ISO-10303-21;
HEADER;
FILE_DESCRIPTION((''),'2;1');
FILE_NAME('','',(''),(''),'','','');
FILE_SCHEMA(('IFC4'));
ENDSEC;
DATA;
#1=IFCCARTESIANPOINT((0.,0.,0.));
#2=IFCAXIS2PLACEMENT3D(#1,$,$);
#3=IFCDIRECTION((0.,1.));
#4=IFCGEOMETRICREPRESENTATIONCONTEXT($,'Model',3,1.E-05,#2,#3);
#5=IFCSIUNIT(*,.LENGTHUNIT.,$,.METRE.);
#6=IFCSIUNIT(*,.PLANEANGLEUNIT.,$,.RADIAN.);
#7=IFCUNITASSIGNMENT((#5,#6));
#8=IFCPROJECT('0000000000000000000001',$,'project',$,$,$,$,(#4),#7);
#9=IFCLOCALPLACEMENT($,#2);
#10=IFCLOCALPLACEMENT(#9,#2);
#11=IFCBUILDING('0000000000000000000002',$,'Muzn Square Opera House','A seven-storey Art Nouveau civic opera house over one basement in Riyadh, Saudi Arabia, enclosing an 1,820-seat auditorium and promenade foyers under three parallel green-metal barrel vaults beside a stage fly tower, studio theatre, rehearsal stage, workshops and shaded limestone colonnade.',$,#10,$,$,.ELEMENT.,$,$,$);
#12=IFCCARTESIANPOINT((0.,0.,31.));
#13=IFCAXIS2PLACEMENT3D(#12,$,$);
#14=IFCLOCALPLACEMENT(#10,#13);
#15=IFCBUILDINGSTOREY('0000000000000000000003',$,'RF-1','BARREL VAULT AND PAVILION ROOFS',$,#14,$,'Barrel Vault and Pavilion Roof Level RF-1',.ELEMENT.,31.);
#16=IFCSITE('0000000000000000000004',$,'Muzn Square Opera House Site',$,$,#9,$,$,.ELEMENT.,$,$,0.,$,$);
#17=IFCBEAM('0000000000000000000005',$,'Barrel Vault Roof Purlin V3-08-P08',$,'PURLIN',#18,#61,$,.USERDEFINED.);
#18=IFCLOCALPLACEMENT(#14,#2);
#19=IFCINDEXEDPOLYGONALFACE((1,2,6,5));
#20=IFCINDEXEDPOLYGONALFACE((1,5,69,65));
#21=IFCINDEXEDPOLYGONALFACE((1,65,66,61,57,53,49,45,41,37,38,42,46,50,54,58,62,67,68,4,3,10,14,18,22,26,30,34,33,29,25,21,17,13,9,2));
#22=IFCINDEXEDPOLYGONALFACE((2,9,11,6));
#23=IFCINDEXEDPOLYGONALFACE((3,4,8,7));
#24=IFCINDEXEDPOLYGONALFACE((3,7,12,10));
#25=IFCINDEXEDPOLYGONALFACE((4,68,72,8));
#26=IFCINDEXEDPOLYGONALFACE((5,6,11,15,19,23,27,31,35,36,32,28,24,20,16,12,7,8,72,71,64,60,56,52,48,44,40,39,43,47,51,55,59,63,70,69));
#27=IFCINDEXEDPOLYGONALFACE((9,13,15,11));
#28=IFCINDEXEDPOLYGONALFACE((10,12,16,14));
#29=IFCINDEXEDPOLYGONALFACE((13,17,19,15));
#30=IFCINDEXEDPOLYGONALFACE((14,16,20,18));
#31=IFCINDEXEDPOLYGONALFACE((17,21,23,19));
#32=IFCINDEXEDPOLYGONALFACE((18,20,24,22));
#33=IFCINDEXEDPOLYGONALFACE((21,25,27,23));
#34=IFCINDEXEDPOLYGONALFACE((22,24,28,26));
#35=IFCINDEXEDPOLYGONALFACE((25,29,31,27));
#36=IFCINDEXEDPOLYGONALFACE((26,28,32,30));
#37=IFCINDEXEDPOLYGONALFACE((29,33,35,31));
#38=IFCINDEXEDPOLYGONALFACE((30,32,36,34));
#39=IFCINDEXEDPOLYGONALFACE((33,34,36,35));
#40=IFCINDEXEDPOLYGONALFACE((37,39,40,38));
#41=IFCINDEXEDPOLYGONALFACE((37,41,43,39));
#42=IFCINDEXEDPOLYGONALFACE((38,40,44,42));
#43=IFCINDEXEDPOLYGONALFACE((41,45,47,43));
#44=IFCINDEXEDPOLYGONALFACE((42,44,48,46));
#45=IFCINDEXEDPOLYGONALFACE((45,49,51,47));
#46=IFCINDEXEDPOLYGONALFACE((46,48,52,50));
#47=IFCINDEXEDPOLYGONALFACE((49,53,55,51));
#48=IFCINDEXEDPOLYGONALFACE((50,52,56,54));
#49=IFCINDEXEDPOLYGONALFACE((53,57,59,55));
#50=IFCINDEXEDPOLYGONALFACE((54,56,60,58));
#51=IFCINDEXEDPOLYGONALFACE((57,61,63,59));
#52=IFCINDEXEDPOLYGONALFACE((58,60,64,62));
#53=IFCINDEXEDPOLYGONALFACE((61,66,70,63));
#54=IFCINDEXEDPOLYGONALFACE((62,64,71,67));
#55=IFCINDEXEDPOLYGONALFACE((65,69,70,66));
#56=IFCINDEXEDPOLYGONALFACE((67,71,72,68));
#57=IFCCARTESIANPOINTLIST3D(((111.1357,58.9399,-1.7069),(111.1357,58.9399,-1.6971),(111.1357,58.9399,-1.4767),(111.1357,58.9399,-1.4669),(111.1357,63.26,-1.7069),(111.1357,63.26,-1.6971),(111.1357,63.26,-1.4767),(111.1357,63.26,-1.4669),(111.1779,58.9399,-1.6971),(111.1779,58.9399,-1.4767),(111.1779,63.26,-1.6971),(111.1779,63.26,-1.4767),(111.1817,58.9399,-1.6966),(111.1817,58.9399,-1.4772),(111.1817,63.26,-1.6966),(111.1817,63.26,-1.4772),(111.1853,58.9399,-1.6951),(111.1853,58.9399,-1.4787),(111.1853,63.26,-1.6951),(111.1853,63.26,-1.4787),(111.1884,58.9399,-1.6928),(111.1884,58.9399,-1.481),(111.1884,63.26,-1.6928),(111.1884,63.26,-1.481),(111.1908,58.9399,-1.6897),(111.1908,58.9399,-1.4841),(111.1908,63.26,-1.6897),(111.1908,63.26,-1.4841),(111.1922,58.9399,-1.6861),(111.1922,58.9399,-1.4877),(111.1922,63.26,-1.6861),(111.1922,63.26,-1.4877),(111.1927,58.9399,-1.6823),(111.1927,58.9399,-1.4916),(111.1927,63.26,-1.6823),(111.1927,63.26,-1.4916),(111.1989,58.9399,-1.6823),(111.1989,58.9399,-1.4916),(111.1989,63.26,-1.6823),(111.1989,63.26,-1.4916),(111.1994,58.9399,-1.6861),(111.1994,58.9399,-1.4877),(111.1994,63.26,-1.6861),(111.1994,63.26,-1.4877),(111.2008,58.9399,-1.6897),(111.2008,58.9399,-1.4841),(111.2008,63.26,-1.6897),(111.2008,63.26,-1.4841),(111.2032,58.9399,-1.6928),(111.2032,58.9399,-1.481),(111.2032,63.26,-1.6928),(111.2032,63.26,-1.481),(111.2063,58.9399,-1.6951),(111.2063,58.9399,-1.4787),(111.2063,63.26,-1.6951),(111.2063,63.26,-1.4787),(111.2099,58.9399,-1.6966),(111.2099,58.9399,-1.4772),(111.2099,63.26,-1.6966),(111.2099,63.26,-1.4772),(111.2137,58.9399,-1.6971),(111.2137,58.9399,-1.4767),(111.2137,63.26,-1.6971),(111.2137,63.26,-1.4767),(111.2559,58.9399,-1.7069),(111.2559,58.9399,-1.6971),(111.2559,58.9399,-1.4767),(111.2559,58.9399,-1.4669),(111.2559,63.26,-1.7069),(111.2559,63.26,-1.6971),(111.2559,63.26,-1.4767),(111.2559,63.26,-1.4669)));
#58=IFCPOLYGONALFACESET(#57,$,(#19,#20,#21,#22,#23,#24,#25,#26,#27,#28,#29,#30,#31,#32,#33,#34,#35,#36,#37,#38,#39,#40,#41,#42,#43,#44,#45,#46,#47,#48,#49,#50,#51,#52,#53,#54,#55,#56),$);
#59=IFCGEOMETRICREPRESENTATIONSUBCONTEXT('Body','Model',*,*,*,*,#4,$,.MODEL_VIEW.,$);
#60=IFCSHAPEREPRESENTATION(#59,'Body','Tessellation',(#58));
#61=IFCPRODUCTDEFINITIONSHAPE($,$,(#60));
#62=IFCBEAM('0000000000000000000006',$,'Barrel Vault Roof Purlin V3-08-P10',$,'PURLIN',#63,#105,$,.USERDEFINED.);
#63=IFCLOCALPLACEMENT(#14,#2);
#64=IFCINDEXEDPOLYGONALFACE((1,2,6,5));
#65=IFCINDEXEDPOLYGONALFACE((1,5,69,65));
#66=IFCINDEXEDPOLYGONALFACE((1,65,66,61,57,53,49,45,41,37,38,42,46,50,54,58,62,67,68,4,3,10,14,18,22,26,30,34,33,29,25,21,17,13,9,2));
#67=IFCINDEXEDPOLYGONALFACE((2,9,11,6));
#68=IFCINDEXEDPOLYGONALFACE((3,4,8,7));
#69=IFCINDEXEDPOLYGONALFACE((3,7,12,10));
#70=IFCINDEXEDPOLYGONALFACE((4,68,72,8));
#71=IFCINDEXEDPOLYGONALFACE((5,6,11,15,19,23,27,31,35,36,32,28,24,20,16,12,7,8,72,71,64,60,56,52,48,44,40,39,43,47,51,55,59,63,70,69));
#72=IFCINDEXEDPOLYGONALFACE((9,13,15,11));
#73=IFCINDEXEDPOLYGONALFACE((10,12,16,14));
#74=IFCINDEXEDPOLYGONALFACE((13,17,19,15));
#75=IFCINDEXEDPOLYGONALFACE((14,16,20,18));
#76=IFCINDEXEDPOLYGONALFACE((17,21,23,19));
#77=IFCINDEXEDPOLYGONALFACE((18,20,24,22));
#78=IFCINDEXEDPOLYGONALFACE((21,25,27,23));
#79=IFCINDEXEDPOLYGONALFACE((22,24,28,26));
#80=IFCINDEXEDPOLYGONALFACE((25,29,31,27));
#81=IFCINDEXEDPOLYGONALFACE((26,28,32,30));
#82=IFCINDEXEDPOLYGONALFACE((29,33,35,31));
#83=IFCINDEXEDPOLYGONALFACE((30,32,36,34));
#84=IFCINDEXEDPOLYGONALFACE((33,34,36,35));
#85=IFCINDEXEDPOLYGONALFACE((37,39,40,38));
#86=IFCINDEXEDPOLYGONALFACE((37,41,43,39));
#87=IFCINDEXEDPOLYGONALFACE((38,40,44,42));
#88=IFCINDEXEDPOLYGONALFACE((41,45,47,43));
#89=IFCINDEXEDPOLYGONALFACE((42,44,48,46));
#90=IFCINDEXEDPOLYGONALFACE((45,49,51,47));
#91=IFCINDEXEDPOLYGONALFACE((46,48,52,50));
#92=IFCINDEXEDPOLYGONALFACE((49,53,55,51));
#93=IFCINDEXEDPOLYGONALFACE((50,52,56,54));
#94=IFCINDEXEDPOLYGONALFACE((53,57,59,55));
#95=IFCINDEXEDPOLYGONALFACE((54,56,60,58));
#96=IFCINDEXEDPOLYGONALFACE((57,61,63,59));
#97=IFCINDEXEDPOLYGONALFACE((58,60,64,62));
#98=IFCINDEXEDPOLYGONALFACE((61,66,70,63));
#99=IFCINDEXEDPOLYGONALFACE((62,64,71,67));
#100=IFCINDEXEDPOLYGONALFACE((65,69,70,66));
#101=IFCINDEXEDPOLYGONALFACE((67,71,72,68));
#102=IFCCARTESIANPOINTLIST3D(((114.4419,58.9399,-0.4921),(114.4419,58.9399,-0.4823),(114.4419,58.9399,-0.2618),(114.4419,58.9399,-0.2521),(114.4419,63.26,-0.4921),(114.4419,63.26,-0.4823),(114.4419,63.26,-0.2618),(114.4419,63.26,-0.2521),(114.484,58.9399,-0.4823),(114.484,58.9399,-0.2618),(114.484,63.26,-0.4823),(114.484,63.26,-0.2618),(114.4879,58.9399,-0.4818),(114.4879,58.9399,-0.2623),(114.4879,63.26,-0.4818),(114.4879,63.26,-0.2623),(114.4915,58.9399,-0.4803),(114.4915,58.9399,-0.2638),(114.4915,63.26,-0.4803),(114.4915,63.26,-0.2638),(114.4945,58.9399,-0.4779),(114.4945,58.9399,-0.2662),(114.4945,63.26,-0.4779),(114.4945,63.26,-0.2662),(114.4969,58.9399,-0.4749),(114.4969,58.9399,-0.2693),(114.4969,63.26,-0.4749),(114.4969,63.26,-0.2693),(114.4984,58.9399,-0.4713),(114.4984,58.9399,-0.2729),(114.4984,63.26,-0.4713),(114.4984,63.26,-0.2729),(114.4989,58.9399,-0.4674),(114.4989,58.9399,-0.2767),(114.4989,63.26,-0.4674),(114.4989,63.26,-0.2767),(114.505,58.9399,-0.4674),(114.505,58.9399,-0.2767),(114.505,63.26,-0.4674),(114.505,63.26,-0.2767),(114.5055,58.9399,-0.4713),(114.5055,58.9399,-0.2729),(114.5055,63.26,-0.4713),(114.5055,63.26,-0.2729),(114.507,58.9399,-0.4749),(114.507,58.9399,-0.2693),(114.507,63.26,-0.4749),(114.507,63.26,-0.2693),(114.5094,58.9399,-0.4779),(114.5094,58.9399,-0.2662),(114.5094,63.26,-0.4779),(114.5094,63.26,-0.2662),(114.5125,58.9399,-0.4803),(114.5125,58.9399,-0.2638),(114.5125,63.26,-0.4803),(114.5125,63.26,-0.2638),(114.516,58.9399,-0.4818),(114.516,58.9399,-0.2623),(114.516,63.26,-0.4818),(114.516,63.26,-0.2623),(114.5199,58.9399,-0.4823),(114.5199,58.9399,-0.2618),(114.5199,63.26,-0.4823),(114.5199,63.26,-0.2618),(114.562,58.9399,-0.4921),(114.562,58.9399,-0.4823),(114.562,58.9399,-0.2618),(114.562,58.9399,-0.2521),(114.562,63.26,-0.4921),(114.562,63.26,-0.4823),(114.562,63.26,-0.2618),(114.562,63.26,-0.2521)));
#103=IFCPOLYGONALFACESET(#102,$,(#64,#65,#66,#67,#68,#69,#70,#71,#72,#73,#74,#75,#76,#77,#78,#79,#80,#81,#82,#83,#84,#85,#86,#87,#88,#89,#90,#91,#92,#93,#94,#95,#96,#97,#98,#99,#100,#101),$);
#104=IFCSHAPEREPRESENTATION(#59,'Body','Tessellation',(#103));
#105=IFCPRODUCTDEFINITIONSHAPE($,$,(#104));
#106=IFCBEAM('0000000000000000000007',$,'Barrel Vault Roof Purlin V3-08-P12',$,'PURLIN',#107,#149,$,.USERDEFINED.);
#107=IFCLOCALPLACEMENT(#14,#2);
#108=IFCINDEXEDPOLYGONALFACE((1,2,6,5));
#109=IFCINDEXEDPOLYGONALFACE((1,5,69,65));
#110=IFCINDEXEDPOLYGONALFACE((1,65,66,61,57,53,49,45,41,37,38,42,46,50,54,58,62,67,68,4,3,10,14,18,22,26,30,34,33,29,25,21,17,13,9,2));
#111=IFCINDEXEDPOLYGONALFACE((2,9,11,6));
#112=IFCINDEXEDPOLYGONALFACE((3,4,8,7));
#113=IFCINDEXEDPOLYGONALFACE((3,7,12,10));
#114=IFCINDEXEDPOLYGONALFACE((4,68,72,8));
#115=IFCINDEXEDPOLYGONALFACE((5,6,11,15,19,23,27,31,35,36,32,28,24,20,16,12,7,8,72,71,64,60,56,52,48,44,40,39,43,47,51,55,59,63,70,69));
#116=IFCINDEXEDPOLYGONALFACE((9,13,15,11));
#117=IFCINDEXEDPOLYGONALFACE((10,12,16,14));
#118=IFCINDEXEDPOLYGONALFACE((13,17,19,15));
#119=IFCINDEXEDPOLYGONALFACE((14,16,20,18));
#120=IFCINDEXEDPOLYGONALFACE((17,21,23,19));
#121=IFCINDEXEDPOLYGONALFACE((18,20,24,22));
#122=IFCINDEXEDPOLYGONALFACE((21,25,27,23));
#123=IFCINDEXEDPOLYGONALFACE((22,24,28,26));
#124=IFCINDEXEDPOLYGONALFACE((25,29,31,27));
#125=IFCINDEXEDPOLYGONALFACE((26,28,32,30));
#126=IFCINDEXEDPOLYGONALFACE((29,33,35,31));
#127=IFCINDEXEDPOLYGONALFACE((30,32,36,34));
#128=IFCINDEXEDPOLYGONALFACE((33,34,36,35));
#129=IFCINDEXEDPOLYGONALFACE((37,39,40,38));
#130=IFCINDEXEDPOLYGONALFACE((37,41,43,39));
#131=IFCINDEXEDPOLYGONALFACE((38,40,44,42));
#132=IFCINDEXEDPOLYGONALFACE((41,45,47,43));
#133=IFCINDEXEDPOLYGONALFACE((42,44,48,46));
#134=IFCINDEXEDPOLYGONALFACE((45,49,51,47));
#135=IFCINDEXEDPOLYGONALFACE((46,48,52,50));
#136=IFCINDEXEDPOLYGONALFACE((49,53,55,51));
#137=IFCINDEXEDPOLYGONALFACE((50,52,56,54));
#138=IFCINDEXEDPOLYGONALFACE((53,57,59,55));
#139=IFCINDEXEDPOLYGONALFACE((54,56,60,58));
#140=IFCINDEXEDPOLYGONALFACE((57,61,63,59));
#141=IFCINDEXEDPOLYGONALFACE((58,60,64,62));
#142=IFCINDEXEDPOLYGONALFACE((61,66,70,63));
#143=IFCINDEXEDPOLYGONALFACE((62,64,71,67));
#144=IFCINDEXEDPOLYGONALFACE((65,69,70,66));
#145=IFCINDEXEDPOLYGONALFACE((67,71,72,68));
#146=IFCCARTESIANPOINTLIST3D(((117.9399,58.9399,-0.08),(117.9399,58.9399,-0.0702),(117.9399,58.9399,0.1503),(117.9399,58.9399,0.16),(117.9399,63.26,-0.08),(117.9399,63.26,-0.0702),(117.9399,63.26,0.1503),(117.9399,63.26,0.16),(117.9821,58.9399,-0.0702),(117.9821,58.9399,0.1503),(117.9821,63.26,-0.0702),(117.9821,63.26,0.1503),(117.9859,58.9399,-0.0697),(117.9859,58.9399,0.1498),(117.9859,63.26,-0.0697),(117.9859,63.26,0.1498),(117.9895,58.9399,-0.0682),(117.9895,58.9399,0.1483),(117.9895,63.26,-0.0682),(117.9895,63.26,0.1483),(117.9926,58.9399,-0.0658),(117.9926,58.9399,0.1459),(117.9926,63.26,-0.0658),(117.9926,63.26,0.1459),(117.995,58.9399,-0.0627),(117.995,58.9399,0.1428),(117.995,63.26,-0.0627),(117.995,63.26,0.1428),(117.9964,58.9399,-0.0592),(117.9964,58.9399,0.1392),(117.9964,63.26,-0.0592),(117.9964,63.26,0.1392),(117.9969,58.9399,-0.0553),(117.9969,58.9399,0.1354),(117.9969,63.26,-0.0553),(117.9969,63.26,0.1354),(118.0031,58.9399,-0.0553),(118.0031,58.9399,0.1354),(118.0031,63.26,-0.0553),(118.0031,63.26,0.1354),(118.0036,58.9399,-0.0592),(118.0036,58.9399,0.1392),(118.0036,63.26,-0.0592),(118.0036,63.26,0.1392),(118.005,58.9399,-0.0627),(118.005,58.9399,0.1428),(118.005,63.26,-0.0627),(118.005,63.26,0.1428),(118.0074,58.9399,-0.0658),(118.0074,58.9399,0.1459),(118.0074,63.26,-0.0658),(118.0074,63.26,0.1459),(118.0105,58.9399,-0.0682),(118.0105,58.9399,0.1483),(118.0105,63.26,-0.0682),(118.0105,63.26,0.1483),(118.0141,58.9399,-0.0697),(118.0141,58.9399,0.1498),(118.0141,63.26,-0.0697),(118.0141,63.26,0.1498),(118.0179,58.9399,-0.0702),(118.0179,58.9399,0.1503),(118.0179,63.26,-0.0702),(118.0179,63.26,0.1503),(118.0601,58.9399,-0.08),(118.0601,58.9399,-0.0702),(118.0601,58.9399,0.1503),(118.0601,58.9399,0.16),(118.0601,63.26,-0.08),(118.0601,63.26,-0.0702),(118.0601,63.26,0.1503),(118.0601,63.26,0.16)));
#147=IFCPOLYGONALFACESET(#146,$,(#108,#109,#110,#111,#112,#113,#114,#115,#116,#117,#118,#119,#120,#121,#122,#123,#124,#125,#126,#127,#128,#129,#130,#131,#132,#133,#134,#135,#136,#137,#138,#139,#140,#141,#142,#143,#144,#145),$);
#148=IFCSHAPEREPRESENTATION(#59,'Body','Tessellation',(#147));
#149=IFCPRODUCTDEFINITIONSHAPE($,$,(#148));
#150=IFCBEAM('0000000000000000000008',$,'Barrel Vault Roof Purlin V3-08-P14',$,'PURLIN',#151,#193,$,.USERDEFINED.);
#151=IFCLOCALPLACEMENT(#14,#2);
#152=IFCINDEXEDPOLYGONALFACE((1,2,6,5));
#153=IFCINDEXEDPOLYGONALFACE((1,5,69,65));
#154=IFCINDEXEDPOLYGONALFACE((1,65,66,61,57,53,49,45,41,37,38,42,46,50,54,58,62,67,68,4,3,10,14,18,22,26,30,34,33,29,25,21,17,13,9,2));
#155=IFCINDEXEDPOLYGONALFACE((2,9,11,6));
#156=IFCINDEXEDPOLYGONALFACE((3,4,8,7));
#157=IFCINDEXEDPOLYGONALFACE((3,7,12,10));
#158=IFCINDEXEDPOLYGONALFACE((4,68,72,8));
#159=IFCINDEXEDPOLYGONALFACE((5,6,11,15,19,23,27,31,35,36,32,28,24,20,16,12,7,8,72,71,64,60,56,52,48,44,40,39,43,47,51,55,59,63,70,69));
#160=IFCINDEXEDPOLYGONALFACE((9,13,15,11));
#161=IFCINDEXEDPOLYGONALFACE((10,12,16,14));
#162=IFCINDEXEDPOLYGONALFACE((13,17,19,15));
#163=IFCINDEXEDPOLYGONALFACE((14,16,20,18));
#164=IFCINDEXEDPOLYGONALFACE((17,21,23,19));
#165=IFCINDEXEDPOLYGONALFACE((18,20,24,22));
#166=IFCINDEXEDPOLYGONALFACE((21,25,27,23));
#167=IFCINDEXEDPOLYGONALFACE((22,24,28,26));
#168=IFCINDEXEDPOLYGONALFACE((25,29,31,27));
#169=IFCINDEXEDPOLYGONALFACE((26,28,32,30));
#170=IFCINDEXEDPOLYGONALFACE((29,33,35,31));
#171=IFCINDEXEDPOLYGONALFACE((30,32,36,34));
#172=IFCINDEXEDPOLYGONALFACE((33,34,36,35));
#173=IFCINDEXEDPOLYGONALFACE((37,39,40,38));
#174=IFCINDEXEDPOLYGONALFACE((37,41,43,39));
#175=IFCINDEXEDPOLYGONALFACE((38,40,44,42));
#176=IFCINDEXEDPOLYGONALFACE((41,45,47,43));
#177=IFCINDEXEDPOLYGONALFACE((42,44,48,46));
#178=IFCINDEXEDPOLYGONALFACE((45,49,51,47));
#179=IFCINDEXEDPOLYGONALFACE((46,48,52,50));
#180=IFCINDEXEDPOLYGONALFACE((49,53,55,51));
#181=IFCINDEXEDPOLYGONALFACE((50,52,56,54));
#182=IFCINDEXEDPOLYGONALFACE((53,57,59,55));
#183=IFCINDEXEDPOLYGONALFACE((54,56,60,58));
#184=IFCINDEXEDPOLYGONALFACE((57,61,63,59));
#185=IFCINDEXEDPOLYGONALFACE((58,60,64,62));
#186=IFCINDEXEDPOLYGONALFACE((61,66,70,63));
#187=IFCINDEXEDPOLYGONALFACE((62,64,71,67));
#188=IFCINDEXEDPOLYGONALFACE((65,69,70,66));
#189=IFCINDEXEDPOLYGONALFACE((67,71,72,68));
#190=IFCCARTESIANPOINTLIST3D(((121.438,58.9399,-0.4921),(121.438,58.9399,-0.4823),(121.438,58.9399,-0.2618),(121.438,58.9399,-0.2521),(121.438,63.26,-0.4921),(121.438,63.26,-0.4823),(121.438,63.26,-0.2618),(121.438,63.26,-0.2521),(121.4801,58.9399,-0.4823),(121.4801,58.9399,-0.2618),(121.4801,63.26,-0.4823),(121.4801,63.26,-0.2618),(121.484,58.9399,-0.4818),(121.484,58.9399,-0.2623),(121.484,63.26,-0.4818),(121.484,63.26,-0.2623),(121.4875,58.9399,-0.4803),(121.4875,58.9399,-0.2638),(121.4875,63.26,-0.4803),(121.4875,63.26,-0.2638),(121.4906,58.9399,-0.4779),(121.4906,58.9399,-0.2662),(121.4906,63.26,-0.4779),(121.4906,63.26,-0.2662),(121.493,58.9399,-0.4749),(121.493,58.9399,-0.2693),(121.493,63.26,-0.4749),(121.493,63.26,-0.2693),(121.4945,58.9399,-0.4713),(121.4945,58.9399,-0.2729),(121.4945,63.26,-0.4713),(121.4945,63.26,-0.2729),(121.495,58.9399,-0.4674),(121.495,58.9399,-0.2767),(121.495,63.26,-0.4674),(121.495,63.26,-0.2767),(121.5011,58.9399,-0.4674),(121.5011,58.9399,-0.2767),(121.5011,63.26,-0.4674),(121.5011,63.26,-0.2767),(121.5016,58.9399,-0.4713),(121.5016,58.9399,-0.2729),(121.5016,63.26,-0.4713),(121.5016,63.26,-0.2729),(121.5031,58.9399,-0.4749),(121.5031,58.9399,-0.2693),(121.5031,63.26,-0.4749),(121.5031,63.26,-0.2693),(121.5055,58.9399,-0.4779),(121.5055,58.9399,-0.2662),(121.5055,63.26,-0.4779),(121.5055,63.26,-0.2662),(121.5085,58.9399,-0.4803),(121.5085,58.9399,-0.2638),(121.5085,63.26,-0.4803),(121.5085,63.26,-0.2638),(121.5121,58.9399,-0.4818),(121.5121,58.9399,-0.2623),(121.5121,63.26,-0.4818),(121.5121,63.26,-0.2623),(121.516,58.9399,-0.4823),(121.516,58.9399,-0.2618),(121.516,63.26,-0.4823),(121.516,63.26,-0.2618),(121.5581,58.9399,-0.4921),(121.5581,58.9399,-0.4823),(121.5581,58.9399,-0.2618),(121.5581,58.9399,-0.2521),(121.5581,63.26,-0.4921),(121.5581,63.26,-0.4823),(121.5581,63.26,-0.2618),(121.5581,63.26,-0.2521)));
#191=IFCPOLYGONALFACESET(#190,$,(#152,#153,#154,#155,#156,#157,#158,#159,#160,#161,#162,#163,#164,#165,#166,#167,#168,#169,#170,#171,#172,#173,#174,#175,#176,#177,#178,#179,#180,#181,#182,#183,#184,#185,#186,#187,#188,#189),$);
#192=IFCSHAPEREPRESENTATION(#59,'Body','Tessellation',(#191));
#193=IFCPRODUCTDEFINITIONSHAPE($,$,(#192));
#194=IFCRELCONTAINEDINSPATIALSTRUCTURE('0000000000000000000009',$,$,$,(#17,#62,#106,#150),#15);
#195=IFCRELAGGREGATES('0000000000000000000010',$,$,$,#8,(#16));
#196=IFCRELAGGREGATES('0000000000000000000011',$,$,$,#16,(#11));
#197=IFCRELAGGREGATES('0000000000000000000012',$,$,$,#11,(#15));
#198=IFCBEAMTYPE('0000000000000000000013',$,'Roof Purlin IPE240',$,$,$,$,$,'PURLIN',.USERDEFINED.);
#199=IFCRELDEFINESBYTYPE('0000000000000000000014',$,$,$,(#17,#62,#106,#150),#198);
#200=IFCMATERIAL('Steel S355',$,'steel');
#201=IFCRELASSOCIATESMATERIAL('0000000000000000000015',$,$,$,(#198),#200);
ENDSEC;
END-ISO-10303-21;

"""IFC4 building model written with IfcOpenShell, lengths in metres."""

from ifc_helpers import new_model, si_unit, direction, frame, origin, origin_2d, place, context, subcontext, project, spatial, i_section, extrude, material, material_profile, profile_set, type_object, element, save


model = new_model("IFC4")

# Units and contexts
model_context = context("Model", 3, precision=1e-05, world=origin(), true_north=direction((0.0, 1.0)))
body_context = subcontext(model_context, "Body", "Model", "MODEL_VIEW")
ifc_project = project(units=[si_unit("LENGTHUNIT", "METRE"), si_unit("PLANEANGLEUNIT", "RADIAN")], contexts=[model_context])

# Site, building, storey
site_placement = place(None, origin())
site = spatial("IfcSite", under=ifc_project, at=site_placement, Name="Muzn Square Opera House Site", CompositionType="ELEMENT", RefElevation=0.0)
building_placement = place(site_placement, origin())
building = spatial("IfcBuilding", under=site, at=building_placement, Name="Muzn Square Opera House", Description="A seven-storey Art Nouveau civic opera house over one basement in Riyadh, Saudi Arabia, enclosing an 1,820-seat auditorium and promenade foyers under three parallel green-metal barrel vaults beside a stage fly tower, studio theatre, rehearsal stage, workshops and shaded limestone colonnade.", CompositionType="ELEMENT")
storey_placement = place(building_placement, frame((0.0, 0.0, 31.0)))
storey = spatial("IfcBuildingStorey", under=building, at=storey_placement, Name="RF-1", Description="BARREL VAULT AND PAVILION ROOFS", LongName="Barrel Vault and Pavilion Roof Level RF-1", CompositionType="ELEMENT", Elevation=31.0)

# Beams
ifc_material_1 = material(Name="Steel S355", Category="steel")
ifc_material_profile_1 = material_profile(ifc_material_1, i_section(OverallWidth=0.1201, OverallDepth=0.24, WebThickness=0.0061, FlangeThickness=0.0098, FilletRadius=0.0149, at=origin_2d()), Name="IPE 240", Category="steel")
ifc_profile_set_1 = profile_set([ifc_material_profile_1], Name="Steel S355")
beam_type_1 = type_object("IfcBeamType", Name="Roof Purlin IPE240", ElementType="PURLIN", PredefinedType="USERDEFINED", material=ifc_profile_set_1)
for number, where, z_axis, x_axis, name in (
    (1, (111.1958, 58.9399, -1.5869), (0.0, 1.0, 0.0), (-1.0, 0.0, 0.0), "Barrel Vault Roof Purlin V3-08-P08"),
    (2, (114.502, 58.9399, -0.3721), (0.0, 1.0, 0.0), (-1.0, 0.0, 0.0), "Barrel Vault Roof Purlin V3-08-P10"),
    (3, (118.0, 58.9399, 0.04), (0.0, 1.0, 0.0), (-1.0, 0.0, 0.0), "Barrel Vault Roof Purlin V3-08-P12"),
    (4, (121.498, 58.9399, -0.3721), (0.0, 1.0, 0.0), (-1.0, 0.0, 0.0), "Barrel Vault Roof Purlin V3-08-P14"),
):
    element("IfcBeam", number, at=place(storey_placement, frame(where, z_axis=z_axis, x_axis=x_axis)), inside=storey, type_object=beam_type_1, Name=name, ObjectType="PURLIN", PredefinedType="USERDEFINED", context=body_context, shape_type="SweptSolid", body=[
        extrude(i_section(OverallWidth=0.1201, OverallDepth=0.24, WebThickness=0.0061, FlangeThickness=0.0098, FilletRadius=0.0149, at=origin_2d()), origin(), (0.0, 0.0, 1.0), 4.3201),
    ])

save(model, "model.ifc")
